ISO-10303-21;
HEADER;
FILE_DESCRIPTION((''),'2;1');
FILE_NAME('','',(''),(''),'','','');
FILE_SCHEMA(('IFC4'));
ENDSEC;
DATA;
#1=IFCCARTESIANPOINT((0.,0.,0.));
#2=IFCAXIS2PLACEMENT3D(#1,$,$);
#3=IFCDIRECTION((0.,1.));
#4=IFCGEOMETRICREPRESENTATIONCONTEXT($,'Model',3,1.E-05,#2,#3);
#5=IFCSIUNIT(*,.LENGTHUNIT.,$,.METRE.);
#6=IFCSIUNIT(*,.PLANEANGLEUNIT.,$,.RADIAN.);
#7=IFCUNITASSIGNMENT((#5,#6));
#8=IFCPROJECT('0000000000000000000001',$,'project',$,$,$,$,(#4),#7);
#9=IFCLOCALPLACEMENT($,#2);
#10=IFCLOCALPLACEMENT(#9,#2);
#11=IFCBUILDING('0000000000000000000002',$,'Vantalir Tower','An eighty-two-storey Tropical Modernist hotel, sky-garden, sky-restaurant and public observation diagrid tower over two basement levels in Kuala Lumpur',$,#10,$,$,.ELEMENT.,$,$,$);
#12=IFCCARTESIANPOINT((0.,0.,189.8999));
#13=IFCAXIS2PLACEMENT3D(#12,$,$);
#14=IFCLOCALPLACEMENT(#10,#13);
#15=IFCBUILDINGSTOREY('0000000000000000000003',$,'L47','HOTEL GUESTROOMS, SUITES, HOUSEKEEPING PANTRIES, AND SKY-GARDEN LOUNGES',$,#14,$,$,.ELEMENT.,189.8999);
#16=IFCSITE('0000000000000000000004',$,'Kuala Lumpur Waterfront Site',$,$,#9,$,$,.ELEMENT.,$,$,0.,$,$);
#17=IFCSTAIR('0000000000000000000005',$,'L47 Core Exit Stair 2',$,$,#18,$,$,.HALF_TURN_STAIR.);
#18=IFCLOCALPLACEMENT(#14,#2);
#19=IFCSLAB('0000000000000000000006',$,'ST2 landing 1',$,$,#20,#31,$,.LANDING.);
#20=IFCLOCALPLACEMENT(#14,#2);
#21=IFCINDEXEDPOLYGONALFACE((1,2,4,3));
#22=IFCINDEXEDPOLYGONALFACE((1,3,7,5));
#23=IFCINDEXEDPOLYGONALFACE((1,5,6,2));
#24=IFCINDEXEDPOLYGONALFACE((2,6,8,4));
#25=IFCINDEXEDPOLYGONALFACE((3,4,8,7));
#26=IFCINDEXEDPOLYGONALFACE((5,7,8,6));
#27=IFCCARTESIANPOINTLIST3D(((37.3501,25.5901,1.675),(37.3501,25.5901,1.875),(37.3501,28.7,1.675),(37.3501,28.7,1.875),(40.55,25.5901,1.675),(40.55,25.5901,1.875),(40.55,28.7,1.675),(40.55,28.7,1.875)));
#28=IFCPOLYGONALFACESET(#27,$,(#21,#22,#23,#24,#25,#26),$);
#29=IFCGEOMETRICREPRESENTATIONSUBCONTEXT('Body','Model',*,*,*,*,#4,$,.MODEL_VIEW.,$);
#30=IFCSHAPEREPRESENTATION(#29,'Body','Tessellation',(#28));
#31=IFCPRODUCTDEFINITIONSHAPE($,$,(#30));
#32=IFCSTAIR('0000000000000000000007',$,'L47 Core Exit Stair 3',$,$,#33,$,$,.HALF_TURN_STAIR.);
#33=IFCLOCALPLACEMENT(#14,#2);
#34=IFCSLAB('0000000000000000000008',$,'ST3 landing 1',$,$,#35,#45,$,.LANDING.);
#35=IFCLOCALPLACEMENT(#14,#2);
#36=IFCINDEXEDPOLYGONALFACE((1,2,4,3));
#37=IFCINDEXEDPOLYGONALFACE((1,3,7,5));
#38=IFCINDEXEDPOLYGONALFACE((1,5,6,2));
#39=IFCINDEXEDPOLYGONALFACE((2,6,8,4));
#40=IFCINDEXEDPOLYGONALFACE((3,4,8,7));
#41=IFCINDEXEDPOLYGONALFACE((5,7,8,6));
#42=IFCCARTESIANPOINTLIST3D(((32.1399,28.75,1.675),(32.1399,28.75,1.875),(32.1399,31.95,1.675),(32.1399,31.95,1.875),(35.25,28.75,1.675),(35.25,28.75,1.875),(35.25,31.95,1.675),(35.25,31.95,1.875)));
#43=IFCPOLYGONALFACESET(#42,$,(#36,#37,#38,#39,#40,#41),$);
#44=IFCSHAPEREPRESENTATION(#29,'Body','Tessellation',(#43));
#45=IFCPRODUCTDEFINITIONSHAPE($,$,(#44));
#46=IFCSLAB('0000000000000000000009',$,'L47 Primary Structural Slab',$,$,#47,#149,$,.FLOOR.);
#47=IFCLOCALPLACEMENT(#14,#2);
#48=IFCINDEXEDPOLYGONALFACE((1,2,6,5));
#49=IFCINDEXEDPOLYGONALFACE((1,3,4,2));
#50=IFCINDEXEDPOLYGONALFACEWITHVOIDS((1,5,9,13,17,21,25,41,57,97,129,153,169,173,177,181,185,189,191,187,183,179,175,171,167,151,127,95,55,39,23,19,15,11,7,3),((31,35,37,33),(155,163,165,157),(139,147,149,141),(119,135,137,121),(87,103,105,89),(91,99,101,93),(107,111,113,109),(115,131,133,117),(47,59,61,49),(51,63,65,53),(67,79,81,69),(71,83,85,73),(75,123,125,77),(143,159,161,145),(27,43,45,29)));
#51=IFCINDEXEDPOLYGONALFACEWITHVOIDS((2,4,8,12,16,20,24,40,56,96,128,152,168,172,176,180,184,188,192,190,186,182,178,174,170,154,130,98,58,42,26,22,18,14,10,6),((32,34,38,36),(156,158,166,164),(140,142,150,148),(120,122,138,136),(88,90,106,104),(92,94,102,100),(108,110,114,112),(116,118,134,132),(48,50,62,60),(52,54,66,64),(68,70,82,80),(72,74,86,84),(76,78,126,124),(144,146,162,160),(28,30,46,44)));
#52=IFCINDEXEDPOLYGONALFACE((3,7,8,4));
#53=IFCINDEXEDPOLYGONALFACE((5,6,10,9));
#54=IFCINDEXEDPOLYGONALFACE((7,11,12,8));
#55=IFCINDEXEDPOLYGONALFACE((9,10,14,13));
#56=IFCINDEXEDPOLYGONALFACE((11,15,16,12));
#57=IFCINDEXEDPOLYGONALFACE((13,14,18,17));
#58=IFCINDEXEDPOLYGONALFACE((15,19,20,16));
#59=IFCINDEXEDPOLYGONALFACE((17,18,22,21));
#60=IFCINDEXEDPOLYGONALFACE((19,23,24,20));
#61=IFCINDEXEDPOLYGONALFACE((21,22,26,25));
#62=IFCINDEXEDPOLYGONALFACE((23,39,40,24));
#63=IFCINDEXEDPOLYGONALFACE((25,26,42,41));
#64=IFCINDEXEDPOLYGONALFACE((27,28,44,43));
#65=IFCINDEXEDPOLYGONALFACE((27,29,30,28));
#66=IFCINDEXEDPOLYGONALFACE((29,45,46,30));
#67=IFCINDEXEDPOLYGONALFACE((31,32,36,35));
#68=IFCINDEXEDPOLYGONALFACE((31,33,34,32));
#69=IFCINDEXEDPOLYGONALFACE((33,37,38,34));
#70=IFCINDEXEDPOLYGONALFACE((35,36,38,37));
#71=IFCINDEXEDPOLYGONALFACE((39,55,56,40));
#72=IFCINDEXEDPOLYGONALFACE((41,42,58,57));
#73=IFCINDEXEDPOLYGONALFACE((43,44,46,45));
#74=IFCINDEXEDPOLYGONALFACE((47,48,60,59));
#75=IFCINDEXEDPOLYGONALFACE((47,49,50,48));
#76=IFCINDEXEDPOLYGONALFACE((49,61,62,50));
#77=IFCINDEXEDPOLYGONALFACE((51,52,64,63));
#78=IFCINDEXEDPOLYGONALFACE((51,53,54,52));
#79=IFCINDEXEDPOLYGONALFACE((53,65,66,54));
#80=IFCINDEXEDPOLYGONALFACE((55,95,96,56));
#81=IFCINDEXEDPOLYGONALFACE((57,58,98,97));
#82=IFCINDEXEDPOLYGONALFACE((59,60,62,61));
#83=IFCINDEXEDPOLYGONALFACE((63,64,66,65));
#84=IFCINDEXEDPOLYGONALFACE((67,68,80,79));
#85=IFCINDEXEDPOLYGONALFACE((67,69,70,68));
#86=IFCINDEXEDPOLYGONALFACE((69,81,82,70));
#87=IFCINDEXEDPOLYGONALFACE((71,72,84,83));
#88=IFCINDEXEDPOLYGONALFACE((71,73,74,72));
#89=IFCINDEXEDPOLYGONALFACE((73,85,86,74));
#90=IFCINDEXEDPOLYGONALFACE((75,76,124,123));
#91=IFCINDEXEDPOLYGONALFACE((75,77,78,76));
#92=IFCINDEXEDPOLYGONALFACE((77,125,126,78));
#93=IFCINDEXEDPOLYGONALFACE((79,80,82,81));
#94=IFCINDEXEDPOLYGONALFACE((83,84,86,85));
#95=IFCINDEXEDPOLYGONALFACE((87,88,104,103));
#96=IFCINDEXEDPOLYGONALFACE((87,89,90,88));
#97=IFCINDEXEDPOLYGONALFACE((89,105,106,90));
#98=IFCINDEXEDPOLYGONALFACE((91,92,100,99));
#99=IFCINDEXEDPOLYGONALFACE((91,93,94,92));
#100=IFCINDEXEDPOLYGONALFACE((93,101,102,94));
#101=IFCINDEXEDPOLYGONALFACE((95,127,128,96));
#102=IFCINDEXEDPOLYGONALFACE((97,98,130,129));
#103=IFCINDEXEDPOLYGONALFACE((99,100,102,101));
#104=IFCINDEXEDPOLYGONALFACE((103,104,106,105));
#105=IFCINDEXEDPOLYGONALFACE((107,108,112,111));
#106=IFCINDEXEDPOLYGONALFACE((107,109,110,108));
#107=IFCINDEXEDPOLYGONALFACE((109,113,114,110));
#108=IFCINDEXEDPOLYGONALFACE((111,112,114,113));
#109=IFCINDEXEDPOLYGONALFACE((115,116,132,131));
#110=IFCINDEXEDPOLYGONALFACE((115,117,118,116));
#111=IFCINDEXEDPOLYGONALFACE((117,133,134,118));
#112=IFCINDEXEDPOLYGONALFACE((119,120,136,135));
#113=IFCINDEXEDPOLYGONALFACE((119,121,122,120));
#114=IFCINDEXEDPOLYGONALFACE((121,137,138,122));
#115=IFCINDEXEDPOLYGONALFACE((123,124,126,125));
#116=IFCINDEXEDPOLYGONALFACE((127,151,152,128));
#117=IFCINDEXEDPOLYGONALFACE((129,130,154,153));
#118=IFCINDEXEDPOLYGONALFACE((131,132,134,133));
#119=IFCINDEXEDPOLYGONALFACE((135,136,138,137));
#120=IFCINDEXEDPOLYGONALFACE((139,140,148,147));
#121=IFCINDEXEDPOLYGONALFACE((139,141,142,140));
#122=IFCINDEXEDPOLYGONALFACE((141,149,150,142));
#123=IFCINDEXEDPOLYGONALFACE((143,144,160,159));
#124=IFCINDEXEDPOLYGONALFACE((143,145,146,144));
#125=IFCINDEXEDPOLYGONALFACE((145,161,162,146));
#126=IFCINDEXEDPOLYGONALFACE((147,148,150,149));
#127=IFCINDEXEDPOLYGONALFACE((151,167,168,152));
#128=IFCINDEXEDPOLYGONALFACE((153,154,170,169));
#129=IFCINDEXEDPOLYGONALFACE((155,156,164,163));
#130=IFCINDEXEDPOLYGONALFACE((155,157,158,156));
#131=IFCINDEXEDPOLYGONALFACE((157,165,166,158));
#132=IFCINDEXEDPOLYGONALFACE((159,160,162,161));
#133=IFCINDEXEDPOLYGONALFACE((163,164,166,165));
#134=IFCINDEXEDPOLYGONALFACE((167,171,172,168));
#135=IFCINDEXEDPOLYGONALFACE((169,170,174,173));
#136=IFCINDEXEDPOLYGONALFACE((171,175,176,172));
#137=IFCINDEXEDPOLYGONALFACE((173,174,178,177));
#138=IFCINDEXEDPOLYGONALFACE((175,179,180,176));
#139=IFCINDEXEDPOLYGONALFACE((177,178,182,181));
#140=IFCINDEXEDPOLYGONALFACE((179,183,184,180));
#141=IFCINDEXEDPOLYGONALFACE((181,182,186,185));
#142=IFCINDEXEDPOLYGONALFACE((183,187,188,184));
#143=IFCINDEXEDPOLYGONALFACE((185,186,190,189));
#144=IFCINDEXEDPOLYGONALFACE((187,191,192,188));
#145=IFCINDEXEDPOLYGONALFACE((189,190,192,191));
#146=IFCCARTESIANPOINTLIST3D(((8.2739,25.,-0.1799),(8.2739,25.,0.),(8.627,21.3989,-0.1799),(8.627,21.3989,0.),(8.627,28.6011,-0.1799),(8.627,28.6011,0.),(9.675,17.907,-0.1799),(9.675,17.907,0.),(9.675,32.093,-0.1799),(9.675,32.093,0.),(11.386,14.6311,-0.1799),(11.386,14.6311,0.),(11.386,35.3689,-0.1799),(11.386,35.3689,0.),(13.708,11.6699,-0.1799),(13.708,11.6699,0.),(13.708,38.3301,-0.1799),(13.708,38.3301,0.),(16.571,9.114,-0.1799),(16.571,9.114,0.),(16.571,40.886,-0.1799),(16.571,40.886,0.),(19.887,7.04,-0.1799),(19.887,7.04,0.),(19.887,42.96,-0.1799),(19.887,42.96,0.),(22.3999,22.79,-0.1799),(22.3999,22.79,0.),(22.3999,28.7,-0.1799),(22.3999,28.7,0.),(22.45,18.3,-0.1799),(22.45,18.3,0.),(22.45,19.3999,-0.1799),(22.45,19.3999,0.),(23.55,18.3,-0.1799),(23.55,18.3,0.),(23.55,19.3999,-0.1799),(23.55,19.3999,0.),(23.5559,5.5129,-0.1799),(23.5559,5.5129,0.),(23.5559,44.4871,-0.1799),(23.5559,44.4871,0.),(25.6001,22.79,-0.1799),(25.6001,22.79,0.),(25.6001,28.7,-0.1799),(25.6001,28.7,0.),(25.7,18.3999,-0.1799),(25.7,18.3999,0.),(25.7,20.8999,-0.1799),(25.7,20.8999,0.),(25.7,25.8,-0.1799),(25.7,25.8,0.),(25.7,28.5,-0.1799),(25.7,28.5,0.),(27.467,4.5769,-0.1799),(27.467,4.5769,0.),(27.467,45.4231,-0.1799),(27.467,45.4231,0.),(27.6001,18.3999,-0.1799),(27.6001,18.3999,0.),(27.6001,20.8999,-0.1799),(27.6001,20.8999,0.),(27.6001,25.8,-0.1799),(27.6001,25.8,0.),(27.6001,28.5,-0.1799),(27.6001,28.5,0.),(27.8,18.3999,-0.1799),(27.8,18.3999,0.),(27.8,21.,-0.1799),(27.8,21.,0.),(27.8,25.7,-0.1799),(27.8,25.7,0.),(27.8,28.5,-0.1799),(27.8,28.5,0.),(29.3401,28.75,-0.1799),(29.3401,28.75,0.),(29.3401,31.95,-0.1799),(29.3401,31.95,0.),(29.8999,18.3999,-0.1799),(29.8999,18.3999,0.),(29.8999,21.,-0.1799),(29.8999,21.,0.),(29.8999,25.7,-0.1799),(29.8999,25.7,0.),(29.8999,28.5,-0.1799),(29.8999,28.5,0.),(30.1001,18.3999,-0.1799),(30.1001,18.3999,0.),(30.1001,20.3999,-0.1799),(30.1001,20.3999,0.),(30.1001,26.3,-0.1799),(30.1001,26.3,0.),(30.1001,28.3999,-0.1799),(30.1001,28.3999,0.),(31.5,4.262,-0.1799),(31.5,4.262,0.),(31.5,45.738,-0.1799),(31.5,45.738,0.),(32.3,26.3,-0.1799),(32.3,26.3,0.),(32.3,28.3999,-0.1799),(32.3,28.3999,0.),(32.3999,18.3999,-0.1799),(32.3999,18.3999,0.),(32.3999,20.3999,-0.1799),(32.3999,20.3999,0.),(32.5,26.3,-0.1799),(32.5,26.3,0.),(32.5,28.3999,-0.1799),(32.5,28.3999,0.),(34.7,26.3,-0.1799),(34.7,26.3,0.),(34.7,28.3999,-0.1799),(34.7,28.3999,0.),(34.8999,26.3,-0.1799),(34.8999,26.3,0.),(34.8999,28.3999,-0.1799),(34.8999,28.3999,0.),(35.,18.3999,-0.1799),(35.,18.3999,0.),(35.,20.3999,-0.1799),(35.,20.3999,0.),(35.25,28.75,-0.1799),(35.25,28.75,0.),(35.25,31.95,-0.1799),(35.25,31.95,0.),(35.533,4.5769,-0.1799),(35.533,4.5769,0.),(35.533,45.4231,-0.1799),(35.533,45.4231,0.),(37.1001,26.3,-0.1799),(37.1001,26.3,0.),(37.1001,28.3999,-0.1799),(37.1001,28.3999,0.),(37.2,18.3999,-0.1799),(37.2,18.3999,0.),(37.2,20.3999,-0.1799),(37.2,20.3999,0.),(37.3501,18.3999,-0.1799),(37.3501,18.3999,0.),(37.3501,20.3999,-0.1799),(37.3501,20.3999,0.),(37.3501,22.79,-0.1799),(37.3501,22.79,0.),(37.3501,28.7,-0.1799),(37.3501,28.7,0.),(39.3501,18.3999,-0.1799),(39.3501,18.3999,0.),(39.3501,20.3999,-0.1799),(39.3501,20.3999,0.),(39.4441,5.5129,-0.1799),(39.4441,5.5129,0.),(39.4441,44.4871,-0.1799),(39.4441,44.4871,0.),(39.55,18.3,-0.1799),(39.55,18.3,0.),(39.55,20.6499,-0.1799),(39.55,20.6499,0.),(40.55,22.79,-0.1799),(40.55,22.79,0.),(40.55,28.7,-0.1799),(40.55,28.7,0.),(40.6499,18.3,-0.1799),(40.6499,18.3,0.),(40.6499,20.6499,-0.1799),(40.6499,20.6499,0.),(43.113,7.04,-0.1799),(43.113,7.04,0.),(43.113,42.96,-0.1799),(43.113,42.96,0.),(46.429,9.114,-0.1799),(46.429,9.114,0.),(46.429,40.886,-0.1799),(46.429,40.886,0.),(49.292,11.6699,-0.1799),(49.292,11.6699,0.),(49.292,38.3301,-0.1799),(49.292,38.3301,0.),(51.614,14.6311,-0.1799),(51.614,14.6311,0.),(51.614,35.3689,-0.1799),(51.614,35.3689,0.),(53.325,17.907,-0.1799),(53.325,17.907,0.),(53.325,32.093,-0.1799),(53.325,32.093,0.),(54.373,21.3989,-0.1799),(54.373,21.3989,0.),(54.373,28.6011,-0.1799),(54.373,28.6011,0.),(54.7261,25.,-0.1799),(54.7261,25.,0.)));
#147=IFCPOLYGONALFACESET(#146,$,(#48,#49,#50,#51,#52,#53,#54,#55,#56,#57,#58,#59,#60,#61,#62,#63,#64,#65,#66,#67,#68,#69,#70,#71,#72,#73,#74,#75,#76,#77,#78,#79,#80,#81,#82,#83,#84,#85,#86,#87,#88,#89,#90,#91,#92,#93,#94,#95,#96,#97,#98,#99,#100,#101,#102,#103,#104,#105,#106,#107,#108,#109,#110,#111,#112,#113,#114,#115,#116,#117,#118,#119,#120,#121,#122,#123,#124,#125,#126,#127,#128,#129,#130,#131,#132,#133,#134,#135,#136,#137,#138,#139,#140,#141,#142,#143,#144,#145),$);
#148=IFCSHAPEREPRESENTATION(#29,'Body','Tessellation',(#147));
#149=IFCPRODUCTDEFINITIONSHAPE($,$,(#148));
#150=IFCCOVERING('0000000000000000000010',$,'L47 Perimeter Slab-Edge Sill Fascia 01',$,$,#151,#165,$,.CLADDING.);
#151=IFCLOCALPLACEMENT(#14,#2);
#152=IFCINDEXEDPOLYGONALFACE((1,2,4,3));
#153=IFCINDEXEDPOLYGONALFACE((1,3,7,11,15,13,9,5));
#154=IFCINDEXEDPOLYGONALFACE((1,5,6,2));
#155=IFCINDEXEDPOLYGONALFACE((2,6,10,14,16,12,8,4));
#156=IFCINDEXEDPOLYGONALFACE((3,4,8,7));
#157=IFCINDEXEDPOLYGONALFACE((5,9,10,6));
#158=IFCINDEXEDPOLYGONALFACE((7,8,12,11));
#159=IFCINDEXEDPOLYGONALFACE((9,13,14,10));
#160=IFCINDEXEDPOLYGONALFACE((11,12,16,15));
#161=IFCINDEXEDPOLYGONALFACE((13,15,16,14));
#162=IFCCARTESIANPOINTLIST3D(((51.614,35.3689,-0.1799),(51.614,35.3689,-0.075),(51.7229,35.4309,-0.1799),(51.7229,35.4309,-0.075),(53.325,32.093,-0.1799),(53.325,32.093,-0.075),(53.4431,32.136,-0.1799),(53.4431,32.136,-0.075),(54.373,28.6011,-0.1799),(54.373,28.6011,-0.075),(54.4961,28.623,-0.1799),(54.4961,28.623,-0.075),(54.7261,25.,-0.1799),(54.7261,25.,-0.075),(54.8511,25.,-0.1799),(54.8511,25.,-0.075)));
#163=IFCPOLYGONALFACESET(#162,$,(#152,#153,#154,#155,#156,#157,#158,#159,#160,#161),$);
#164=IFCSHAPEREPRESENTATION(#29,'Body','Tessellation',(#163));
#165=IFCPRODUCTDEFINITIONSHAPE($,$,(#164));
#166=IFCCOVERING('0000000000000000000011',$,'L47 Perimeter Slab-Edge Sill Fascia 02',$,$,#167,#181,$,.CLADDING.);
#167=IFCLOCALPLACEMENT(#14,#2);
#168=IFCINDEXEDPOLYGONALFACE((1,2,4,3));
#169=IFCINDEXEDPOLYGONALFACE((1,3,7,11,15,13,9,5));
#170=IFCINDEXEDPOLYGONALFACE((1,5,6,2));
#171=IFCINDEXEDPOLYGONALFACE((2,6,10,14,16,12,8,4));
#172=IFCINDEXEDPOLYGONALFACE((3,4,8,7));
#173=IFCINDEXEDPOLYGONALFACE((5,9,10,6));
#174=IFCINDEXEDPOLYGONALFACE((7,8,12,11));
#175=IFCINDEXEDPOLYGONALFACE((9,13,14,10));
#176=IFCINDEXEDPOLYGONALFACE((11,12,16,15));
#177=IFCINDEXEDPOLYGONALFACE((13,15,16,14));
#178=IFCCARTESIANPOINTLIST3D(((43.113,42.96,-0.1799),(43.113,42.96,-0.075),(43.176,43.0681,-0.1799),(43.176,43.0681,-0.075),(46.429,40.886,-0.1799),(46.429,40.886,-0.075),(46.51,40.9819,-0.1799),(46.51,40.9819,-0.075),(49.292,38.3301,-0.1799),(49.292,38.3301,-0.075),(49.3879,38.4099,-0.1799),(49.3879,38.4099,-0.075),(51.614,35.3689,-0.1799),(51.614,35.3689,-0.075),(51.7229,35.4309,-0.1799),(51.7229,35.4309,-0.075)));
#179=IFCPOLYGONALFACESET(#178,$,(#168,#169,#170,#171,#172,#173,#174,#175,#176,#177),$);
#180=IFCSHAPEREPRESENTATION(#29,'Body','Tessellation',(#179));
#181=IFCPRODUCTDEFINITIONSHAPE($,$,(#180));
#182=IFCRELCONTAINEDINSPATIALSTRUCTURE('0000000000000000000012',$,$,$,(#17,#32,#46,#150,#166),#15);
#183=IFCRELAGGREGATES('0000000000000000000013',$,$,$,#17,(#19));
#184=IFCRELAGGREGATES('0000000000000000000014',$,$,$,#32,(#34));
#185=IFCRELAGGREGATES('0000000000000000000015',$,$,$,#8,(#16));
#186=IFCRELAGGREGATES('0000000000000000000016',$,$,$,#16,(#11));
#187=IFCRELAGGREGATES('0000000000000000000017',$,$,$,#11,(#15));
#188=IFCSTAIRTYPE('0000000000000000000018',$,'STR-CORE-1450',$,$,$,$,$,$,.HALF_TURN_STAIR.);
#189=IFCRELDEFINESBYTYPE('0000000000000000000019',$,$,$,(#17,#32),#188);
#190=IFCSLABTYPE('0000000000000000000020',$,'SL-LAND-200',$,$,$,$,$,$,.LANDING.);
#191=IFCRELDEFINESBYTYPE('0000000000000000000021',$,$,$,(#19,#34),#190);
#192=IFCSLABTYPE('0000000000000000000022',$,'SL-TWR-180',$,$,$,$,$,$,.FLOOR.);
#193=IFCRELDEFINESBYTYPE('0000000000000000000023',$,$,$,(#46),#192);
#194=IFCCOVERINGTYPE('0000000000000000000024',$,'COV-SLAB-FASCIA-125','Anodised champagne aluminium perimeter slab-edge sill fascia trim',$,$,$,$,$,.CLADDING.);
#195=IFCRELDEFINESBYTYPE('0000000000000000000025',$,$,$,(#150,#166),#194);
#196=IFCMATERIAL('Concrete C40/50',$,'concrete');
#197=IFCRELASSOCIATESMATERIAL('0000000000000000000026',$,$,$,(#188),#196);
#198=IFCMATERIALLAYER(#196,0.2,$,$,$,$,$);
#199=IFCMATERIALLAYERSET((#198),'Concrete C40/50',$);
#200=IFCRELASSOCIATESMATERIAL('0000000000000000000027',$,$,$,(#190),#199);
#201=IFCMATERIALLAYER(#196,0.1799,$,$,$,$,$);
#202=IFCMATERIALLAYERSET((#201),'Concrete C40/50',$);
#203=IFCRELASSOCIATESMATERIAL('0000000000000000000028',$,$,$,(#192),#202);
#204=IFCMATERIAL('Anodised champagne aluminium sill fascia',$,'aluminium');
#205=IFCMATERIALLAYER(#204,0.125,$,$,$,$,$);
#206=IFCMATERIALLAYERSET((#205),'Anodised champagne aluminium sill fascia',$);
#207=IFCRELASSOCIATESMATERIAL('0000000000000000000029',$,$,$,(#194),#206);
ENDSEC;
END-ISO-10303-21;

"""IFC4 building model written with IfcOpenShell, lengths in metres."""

from ifc_helpers import new_model, si_unit, direction, frame, origin, place, context, subcontext, project, spatial, polyline, outline, extrude, material, layer, layer_set, type_object, element, aggregate, save


model = new_model("IFC4")

# Units and contexts
model_context = context("Model", 3, precision=1e-05, world=origin(), true_north=direction((0.0, 1.0)))
body_context = subcontext(model_context, "Body", "Model", "MODEL_VIEW")
ifc_project = project(units=[si_unit("LENGTHUNIT", "METRE"), si_unit("PLANEANGLEUNIT", "RADIAN")], contexts=[model_context])

# Site, building, storey
site_placement = place(None, origin())
site = spatial("IfcSite", under=ifc_project, at=site_placement, Name="Kuala Lumpur Waterfront Site", CompositionType="ELEMENT", RefElevation=0.0)
building_placement = place(site_placement, origin())
building = spatial("IfcBuilding", under=site, at=building_placement, Name="Vantalir Tower", Description="An eighty-two-storey Tropical Modernist hotel, sky-garden, sky-restaurant and public observation diagrid tower over two basement levels in Kuala Lumpur", CompositionType="ELEMENT")
storey_placement = place(building_placement, frame((0.0, 0.0, 189.8999)))
storey = spatial("IfcBuildingStorey", under=building, at=storey_placement, Name="L47", Description="HOTEL GUESTROOMS, SUITES, HOUSEKEEPING PANTRIES, AND SKY-GARDEN LOUNGES", CompositionType="ELEMENT", Elevation=189.8999)

# Stairs, slabs
ifc_material_1 = material(Name="Concrete C40/50", Category="concrete")
stair_type = type_object("IfcStairType", Name="STR-CORE-1450", PredefinedType="HALF_TURN_STAIR", material=ifc_material_1)
ifc_layer_1 = layer(ifc_material_1, 0.2)
ifc_layer_set_1 = layer_set([ifc_layer_1], Name="Concrete C40/50")
slab_type_1 = type_object("IfcSlabType", Name="SL-LAND-200", PredefinedType="LANDING", material=ifc_layer_set_1)
stair_1_placement = place(storey_placement, origin())
stair_1 = element("IfcStair", 1, at=stair_1_placement, inside=storey, type_object=stair_type, Name="L47 Core Exit Stair 2", PredefinedType="HALF_TURN_STAIR")
slab_1_placement = place(storey_placement, frame((0.0, 0.0, 1.675)))
slab_1 = element("IfcSlab", 2, at=slab_1_placement, type_object=slab_type_1, Name="ST2 landing 1", PredefinedType="LANDING", context=body_context, shape_type="SweptSolid", body=[
    extrude(outline(polyline([(40.55, 25.5901), (40.55, 28.7), (37.3501, 28.7), (37.3501, 25.5901), (40.55, 25.5901)])), origin(), (0.0, 0.0, 1.0), 0.2),
])
aggregate(stair_1, [slab_1])
stair_2_placement = place(storey_placement, origin())
stair_2 = element("IfcStair", 3, at=stair_2_placement, inside=storey, type_object=stair_type, Name="L47 Core Exit Stair 3", PredefinedType="HALF_TURN_STAIR")
slab_2_placement = place(storey_placement, frame((0.0, 0.0, 1.675)))
slab_2 = element("IfcSlab", 4, at=slab_2_placement, type_object=slab_type_1, Name="ST3 landing 1", PredefinedType="LANDING", context=body_context, shape_type="SweptSolid", body=[
    extrude(outline(polyline([(32.1399, 28.75), (35.25, 28.75), (35.25, 31.95), (32.1399, 31.95), (32.1399, 28.75)])), origin(), (0.0, 0.0, 1.0), 0.2),
])
aggregate(stair_2, [slab_2])

# Slab
ifc_layer_2 = layer(ifc_material_1, 0.1799)
ifc_layer_set_2 = layer_set([ifc_layer_2], Name="Concrete C40/50")
slab_type_2 = type_object("IfcSlabType", Name="SL-TWR-180", PredefinedType="FLOOR", material=ifc_layer_set_2)
slab_3_placement = place(storey_placement, frame((0.0, 0.0, -0.1799)))
element("IfcSlab", 5, at=slab_3_placement, inside=storey, type_object=slab_type_2, Name="L47 Primary Structural Slab", PredefinedType="FLOOR", context=body_context, shape_type="SweptSolid", body=[
    extrude(outline(polyline([(13.708, 11.6699), (16.571, 9.114), (19.887, 7.04), (23.5559, 5.5129), (27.467, 4.5769), (31.5, 4.262), (35.533, 4.5769), (39.4441, 5.5129), (43.113, 7.04), (46.429, 9.114), (49.292, 11.6699), (51.614, 14.6311), (53.325, 17.907), (54.373, 21.3989), (54.7261, 25.0), (54.373, 28.6011), (53.325, 32.093), (51.614, 35.3689), (49.292, 38.3301), (46.429, 40.886), (43.113, 42.96), (39.4441, 44.4871), (35.533, 45.4231), (31.5, 45.738), (27.467, 45.4231), (23.5559, 44.4871), (19.887, 42.96), (16.571, 40.886), (13.708, 38.3301), (11.386, 35.3689), (9.675, 32.093), (8.627, 28.6011), (8.2739, 25.0), (8.627, 21.3989), (9.675, 17.907), (11.386, 14.6311), (13.708, 11.6699)]), holes=[polyline([(22.3999, 28.7), (25.6001, 28.7), (25.6001, 22.79), (22.3999, 22.79), (22.3999, 28.7)]), polyline([(40.55, 28.7), (40.55, 22.79), (37.3501, 22.79), (37.3501, 28.7), (40.55, 28.7)]), polyline([(29.3401, 28.75), (29.3401, 31.95), (35.25, 31.95), (35.25, 28.75), (29.3401, 28.75)]), polyline([(25.7, 18.3999), (25.7, 20.8999), (27.6001, 20.8999), (27.6001, 18.3999), (25.7, 18.3999)]), polyline([(25.7, 28.5), (27.6001, 28.5), (27.6001, 25.8), (25.7, 25.8), (25.7, 28.5)]), polyline([(29.8999, 21.0), (29.8999, 18.3999), (27.8, 18.3999), (27.8, 21.0), (29.8999, 21.0)]), polyline([(29.8999, 25.7), (27.8, 25.7), (27.8, 28.5), (29.8999, 28.5), (29.8999, 25.7)]), polyline([(30.1001, 18.3999), (30.1001, 20.3999), (32.3999, 20.3999), (32.3999, 18.3999), (30.1001, 18.3999)]), polyline([(37.3501, 20.3999), (39.3501, 20.3999), (39.3501, 18.3999), (37.3501, 18.3999), (37.3501, 20.3999)]), polyline([(37.2, 20.3999), (37.2, 18.3999), (35.0, 18.3999), (35.0, 20.3999), (37.2, 20.3999)]), polyline([(32.3, 26.3), (30.1001, 26.3), (30.1001, 28.3999), (32.3, 28.3999), (32.3, 26.3)]), polyline([(32.5, 26.3), (32.5, 28.3999), (34.7, 28.3999), (34.7, 26.3), (32.5, 26.3)]), polyline([(34.8999, 28.3999), (37.1001, 28.3999), (37.1001, 26.3), (34.8999, 26.3), (34.8999, 28.3999)]), polyline([(23.55, 19.3999), (23.55, 18.3), (22.45, 18.3), (22.45, 19.3999), (23.55, 19.3999)]), polyline([(40.6499, 18.3), (39.55, 18.3), (39.55, 20.6499), (40.6499, 20.6499), (40.6499, 18.3)])]), origin(), (0.0, 0.0, 1.0), 0.1799),
])

# Coverings
ifc_material_2 = material(Name="Anodised champagne aluminium sill fascia", Category="aluminium")
ifc_layer_3 = layer(ifc_material_2, 0.125)
ifc_layer_set_3 = layer_set([ifc_layer_3], Name="Anodised champagne aluminium sill fascia")
covering_type = type_object("IfcCoveringType", Name="COV-SLAB-FASCIA-125", Description="Anodised champagne aluminium perimeter slab-edge sill fascia trim", PredefinedType="CLADDING", material=ifc_layer_set_3)
covering_1_placement = place(storey_placement, frame((0.0, 0.0, -0.1799)))
element("IfcCovering", 6, at=covering_1_placement, inside=storey, type_object=covering_type, Name="L47 Perimeter Slab-Edge Sill Fascia 01", PredefinedType="CLADDING", context=body_context, shape_type="SweptSolid", body=[
    extrude(outline(polyline([(54.8511, 25.0), (54.4961, 28.623), (53.4431, 32.136), (51.7229, 35.4309), (51.614, 35.3689), (53.325, 32.093), (54.373, 28.6011), (54.7261, 25.0), (54.8511, 25.0)])), origin(), (0.0, 0.0, 1.0), 0.105),
])
covering_2_placement = place(storey_placement, frame((0.0, 0.0, -0.1799)))
element("IfcCovering", 7, at=covering_2_placement, inside=storey, type_object=covering_type, Name="L47 Perimeter Slab-Edge Sill Fascia 02", PredefinedType="CLADDING", context=body_context, shape_type="SweptSolid", body=[
    extrude(outline(polyline([(51.7229, 35.4309), (49.3879, 38.4099), (46.51, 40.9819), (43.176, 43.0681), (43.113, 42.96), (46.429, 40.886), (49.292, 38.3301), (51.614, 35.3689), (51.7229, 35.4309)])), origin(), (0.0, 0.0, 1.0), 0.105),
])

save(model, "model.ifc")
